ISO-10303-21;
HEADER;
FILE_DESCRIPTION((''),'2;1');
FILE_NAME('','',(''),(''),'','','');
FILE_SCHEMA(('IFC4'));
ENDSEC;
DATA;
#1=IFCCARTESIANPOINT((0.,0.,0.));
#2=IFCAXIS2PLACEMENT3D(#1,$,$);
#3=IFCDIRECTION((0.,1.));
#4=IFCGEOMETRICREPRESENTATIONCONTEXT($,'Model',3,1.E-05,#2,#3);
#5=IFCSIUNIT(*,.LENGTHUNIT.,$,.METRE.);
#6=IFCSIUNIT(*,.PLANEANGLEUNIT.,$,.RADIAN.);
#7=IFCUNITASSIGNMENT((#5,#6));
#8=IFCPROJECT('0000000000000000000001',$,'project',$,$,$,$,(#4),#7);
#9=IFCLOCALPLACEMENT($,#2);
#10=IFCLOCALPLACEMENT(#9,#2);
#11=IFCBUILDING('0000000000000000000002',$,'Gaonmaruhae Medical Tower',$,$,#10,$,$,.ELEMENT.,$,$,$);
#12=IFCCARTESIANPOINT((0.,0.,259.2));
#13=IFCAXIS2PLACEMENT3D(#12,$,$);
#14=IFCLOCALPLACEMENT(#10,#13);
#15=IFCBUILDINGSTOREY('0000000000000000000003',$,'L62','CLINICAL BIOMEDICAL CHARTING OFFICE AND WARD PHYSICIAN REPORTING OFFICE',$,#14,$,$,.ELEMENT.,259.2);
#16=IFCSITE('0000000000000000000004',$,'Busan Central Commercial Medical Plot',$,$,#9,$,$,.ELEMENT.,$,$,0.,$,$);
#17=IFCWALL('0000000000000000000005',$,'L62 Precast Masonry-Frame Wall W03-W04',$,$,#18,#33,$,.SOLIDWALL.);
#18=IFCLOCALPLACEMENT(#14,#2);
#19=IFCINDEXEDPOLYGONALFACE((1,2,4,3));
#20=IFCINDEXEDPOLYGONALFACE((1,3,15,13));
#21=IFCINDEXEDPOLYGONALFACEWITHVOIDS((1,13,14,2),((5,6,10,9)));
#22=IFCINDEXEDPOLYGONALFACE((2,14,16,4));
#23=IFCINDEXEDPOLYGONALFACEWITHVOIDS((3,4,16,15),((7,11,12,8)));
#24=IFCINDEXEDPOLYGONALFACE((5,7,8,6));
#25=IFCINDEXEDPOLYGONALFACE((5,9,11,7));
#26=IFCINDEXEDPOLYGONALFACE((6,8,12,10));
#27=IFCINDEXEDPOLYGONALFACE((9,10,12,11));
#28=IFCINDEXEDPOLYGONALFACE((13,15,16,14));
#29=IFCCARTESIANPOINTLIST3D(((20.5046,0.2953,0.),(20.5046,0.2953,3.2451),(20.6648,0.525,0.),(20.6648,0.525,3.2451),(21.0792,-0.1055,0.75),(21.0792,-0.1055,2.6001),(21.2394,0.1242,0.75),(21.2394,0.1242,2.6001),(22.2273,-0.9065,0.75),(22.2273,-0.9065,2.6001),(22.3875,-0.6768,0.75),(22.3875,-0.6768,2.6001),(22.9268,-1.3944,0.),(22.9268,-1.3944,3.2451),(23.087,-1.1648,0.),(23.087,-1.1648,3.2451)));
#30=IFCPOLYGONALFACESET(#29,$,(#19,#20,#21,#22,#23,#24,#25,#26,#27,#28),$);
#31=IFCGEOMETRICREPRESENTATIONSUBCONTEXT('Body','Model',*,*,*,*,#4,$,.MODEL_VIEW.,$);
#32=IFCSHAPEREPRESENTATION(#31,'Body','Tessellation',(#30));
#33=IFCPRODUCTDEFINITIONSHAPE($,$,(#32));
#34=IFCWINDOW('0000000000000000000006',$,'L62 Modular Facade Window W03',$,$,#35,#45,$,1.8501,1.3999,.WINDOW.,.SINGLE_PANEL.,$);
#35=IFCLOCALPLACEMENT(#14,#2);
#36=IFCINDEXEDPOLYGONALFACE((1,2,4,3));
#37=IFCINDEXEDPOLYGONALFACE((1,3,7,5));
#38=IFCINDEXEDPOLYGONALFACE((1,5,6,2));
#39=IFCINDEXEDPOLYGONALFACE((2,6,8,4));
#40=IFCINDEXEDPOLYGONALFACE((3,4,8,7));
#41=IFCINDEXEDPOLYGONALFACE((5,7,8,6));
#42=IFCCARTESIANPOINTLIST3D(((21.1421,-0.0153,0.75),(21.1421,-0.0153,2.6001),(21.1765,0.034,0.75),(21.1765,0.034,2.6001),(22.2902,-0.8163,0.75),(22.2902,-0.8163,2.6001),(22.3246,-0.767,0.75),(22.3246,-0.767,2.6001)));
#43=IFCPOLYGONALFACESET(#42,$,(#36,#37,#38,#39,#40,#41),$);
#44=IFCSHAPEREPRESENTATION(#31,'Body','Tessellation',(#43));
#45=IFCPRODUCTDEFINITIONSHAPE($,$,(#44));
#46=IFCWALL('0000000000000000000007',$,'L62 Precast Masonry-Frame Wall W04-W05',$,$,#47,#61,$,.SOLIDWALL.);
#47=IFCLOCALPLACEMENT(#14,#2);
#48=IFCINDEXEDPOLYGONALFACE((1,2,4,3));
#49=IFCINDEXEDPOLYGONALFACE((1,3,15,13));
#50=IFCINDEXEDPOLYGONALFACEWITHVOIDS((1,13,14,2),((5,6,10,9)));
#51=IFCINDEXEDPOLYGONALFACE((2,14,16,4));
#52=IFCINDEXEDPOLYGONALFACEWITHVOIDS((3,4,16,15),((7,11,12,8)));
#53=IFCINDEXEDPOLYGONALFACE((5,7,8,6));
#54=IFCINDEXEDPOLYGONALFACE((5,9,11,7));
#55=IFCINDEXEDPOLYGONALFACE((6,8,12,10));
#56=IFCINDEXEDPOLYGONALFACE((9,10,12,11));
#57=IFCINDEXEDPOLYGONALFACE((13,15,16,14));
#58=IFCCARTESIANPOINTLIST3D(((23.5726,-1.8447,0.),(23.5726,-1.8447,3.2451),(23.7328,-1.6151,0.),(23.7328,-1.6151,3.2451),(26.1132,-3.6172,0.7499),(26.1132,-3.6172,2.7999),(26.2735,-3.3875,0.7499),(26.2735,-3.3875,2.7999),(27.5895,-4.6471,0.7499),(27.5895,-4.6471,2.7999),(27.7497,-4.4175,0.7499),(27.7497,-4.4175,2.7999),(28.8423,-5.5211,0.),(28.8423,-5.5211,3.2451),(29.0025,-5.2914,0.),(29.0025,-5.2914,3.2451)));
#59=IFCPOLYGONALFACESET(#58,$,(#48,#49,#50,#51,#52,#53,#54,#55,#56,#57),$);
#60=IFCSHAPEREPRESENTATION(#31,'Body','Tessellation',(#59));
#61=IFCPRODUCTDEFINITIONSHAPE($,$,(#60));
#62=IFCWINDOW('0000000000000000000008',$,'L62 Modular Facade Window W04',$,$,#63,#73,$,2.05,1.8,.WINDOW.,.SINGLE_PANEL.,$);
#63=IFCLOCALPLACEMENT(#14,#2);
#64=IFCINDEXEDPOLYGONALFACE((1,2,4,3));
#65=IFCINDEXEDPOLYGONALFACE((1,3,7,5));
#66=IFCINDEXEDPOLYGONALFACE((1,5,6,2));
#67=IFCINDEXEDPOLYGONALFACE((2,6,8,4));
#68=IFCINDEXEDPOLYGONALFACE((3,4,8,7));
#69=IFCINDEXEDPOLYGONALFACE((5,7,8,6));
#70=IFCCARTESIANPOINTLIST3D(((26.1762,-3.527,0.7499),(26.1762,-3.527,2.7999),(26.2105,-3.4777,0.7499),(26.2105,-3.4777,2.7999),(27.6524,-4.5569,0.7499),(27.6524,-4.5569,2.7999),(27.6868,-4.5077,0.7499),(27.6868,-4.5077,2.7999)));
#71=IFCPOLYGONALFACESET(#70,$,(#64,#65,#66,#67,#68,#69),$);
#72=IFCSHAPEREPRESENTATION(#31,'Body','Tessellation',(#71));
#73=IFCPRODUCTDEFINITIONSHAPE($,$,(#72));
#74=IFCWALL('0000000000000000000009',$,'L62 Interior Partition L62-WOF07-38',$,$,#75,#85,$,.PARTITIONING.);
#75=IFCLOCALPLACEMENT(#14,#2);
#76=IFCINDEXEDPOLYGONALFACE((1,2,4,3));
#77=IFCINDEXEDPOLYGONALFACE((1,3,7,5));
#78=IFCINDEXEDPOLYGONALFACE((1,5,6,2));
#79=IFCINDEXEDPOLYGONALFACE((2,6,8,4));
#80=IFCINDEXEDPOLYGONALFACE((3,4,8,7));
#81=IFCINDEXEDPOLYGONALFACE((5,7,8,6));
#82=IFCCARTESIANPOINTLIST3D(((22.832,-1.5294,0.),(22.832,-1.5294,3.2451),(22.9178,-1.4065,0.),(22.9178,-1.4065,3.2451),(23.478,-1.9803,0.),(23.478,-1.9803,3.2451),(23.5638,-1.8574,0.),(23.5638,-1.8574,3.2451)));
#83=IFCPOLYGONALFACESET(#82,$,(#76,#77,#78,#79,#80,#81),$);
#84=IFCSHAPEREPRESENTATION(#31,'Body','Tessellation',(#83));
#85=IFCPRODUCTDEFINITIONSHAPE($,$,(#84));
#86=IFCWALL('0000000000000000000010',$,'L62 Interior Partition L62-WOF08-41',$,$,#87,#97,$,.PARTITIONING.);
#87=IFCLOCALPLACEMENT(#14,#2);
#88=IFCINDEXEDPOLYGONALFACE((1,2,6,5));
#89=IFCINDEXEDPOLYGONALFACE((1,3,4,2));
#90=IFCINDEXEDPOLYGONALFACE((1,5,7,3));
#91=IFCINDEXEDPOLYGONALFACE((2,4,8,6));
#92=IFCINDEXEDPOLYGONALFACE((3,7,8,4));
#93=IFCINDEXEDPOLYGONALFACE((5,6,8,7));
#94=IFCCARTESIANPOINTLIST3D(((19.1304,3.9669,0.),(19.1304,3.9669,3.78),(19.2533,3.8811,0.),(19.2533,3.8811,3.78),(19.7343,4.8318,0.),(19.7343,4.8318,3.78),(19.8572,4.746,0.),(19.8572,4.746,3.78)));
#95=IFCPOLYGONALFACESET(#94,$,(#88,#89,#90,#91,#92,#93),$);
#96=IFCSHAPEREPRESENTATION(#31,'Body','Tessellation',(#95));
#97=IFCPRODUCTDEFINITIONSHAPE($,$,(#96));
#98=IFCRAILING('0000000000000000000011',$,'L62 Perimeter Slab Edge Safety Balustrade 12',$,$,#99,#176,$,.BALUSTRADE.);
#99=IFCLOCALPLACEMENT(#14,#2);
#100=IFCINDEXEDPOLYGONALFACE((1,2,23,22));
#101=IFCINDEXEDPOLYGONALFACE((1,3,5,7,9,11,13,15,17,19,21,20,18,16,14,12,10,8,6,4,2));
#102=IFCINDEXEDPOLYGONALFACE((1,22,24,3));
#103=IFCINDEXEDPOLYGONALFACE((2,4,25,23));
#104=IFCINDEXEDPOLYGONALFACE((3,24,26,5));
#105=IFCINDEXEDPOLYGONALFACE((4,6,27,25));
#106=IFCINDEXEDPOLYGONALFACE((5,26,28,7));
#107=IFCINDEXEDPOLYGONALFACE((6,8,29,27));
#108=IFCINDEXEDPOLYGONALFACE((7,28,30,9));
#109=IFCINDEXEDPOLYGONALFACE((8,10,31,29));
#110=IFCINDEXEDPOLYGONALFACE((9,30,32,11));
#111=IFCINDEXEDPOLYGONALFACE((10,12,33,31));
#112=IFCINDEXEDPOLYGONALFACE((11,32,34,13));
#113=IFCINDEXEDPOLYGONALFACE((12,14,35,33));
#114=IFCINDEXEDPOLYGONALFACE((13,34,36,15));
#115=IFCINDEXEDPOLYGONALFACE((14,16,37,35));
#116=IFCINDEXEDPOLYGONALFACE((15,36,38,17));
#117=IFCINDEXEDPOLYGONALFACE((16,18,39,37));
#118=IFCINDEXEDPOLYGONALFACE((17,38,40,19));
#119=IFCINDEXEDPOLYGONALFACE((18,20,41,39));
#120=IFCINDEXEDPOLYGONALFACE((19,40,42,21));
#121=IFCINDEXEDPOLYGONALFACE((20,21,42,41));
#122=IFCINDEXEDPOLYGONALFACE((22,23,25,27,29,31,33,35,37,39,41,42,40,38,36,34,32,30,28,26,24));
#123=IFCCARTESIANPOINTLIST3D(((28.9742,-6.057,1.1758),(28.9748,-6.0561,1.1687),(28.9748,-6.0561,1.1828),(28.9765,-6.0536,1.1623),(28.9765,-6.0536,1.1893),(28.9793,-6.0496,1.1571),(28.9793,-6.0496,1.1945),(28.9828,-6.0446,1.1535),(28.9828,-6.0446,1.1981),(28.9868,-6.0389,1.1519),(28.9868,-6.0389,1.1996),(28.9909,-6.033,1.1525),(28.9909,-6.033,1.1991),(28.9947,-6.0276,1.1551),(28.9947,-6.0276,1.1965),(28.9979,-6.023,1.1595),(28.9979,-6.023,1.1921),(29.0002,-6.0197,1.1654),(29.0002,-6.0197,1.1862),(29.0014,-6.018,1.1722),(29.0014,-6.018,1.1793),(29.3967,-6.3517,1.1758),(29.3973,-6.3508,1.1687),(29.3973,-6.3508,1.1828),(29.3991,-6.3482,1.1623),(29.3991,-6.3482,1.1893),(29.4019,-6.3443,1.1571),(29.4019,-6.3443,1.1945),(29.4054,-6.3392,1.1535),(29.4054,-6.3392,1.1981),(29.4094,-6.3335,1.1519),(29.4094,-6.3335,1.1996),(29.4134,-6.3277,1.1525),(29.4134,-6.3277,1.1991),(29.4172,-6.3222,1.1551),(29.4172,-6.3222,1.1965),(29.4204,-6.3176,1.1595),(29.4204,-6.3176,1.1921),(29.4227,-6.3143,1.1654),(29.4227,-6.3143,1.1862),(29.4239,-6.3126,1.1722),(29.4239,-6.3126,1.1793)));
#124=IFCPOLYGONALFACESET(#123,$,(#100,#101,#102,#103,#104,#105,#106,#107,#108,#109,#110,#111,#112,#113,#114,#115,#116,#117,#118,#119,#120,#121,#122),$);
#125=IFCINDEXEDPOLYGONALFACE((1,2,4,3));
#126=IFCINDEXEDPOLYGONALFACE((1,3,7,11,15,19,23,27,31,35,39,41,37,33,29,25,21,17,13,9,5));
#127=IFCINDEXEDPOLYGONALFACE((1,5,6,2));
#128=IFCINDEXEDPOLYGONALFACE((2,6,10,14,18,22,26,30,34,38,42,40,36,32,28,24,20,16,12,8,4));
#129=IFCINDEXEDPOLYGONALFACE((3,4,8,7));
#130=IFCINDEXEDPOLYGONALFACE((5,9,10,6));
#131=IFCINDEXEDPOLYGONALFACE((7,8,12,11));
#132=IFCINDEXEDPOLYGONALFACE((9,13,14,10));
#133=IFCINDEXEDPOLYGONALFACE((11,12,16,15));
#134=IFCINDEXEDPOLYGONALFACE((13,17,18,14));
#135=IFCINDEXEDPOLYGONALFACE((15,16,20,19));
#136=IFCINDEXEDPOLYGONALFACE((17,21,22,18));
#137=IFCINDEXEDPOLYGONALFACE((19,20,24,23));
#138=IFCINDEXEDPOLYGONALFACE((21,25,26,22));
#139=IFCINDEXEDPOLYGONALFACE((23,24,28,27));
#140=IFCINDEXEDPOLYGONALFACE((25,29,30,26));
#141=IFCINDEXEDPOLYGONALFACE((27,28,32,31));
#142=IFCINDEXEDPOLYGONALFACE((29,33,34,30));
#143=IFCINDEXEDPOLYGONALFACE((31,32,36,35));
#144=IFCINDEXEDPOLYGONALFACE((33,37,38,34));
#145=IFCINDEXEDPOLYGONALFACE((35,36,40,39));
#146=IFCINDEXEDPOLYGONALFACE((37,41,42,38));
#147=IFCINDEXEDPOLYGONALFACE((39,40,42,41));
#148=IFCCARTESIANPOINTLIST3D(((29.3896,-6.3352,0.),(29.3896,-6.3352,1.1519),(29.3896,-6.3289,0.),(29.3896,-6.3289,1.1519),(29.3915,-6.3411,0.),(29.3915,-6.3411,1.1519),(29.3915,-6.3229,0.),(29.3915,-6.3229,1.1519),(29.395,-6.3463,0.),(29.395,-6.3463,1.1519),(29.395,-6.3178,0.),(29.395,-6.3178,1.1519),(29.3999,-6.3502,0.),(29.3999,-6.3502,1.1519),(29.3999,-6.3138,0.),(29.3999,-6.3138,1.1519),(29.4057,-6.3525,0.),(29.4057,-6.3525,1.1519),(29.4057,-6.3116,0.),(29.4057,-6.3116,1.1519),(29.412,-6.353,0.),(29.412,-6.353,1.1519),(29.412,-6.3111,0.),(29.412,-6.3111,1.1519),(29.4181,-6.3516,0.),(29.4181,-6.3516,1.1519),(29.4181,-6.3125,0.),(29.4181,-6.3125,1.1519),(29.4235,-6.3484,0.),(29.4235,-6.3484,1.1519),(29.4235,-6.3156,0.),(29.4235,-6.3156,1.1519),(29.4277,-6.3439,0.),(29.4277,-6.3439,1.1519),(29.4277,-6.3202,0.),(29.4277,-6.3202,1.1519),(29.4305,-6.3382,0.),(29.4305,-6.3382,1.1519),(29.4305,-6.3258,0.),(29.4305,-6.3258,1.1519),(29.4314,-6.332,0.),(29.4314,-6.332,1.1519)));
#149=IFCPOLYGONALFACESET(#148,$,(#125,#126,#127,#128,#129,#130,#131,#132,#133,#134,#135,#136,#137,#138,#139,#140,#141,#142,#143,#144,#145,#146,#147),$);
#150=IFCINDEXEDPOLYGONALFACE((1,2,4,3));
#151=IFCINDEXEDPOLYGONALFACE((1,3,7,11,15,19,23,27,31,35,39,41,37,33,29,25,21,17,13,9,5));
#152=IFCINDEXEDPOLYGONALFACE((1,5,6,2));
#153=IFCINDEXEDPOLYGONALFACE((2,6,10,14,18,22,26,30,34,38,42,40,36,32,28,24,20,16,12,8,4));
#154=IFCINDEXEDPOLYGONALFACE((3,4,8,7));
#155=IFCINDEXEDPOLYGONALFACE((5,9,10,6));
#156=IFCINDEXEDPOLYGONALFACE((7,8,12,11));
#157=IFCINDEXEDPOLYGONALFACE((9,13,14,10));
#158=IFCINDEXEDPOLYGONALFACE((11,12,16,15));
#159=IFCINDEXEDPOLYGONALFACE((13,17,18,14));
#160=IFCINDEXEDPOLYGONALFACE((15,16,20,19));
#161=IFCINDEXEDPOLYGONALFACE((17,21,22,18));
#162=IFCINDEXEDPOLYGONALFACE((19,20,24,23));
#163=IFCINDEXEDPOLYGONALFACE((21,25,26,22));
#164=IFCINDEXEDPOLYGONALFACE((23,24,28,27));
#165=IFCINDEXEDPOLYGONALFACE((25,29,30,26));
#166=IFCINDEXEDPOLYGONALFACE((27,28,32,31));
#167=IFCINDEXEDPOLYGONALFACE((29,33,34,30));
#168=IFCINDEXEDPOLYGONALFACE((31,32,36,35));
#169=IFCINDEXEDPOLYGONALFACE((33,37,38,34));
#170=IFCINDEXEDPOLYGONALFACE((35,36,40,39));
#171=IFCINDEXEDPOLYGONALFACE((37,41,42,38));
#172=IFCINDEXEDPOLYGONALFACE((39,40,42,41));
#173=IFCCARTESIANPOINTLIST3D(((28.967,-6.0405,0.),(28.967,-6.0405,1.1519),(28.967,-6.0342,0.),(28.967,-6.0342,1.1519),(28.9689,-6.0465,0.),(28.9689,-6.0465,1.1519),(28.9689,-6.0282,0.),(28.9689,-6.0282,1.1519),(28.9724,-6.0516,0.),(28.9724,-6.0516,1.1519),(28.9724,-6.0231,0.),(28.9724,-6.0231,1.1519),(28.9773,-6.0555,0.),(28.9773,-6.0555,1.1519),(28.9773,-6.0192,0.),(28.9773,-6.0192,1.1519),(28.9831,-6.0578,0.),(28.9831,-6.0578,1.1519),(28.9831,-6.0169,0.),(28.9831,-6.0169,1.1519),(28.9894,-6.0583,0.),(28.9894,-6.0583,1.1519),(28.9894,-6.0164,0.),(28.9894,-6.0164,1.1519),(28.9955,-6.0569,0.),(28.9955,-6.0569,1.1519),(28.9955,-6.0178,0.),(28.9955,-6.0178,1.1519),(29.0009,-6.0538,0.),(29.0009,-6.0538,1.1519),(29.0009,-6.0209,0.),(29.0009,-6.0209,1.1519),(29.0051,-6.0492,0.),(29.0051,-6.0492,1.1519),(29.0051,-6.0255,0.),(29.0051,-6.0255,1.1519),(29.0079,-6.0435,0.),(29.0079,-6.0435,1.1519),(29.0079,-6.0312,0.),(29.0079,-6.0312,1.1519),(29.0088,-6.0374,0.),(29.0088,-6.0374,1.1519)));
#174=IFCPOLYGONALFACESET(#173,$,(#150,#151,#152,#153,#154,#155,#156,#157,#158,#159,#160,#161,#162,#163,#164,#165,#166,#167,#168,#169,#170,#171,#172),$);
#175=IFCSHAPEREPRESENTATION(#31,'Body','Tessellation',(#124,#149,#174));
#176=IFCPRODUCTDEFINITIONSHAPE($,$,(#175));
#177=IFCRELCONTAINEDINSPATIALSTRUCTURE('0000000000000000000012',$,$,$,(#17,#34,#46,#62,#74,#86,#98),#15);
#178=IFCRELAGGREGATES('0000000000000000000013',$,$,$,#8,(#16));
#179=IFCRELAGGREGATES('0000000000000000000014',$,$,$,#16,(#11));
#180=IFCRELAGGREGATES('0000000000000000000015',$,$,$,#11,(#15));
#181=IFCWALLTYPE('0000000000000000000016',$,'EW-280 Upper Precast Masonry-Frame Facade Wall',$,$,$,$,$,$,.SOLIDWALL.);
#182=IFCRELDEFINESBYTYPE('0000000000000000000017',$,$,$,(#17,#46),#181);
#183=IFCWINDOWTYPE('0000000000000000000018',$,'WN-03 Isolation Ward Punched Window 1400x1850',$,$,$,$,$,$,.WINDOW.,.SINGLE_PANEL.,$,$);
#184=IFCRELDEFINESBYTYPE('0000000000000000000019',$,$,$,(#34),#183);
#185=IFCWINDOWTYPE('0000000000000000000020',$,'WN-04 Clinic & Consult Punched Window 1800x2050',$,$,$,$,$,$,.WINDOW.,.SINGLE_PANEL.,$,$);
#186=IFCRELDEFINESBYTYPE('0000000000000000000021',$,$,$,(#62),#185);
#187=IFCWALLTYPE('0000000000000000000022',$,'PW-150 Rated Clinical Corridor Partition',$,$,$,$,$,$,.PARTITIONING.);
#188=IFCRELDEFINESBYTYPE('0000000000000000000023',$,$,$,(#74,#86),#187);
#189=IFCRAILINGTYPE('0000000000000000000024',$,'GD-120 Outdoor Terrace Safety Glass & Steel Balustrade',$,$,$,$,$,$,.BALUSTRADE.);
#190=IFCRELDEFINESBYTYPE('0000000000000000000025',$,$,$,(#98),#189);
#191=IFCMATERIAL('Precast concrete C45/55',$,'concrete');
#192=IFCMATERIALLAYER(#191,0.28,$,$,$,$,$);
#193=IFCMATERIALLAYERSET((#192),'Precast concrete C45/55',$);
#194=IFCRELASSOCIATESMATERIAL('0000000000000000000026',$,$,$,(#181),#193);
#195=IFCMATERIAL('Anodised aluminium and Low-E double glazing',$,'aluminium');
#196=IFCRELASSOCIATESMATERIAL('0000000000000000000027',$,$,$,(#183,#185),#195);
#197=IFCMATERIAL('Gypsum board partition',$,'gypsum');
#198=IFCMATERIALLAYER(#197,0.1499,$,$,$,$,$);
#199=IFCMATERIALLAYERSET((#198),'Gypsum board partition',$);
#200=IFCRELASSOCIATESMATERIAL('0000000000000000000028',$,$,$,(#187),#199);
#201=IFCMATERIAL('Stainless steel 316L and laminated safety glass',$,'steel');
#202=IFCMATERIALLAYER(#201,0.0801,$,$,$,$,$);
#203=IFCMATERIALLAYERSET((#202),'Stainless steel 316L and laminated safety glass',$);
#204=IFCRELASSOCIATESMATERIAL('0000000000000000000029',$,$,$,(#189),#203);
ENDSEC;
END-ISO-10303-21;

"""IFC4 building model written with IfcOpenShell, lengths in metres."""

from ifc_helpers import new_model, si_unit, direction, frame, frame_2d, origin, origin_2d, place, context, subcontext, project, spatial, rectangle, circle, extrude, material, layer, layer_set, type_object, element, fill, save


model = new_model("IFC4")

# Units and contexts
model_context = context("Model", 3, precision=1e-05, world=origin(), true_north=direction((0.0, 1.0)))
body_context = subcontext(model_context, "Body", "Model", "MODEL_VIEW")
ifc_project = project(units=[si_unit("LENGTHUNIT", "METRE"), si_unit("PLANEANGLEUNIT", "RADIAN")], contexts=[model_context])

# Site, building, storey
site_placement = place(None, origin())
site = spatial("IfcSite", under=ifc_project, at=site_placement, Name="Busan Central Commercial Medical Plot", CompositionType="ELEMENT", RefElevation=0.0)
building_placement = place(site_placement, origin())
building = spatial("IfcBuilding", under=site, at=building_placement, Name="Gaonmaruhae Medical Tower", CompositionType="ELEMENT")
storey_placement = place(building_placement, frame((0.0, 0.0, 259.2)))
storey = spatial("IfcBuildingStorey", under=building, at=storey_placement, Name="L62", Description="CLINICAL BIOMEDICAL CHARTING OFFICE AND WARD PHYSICIAN REPORTING OFFICE", CompositionType="ELEMENT", Elevation=259.2)

# Shared definitions
ifc_material_1 = material(Name="Precast concrete C45/55", Category="concrete")

# Walls, openings, windows
ifc_layer_1 = layer(ifc_material_1, 0.28)
ifc_layer_set_1 = layer_set([ifc_layer_1], Name="Precast concrete C45/55")
wall_type_1 = type_object("IfcWallType", Name="EW-280 Upper Precast Masonry-Frame Facade Wall", PredefinedType="SOLIDWALL", material=ifc_layer_set_1)
wall_1_placement = place(storey_placement, frame((23.0068, -1.2795, 0.0), z_axis=(0.0, 0.0, 1.0), x_axis=(-0.820151, 0.572147, 0.0)))
wall_1 = element("IfcWall", 1, at=wall_1_placement, inside=storey, type_object=wall_type_1, Name="L62 Precast Masonry-Frame Wall W03-W04", PredefinedType="SOLIDWALL", context=body_context, shape_type="SweptSolid", body=[
    extrude(rectangle(XDim=2.9534, YDim=0.28, at=frame_2d((1.4766, 0.0))), origin(), (0.0, 0.0, 1.0), 3.2451),
])
opening_1_placement = place(wall_1_placement, frame((0.8528, 0.0, 0.75)))
opening_1 = element("IfcOpeningElement", 2, at=opening_1_placement, cuts=wall_1, PredefinedType="OPENING", context=body_context, shape_type="SweptSolid", body=[
    extrude(rectangle(XDim=1.3999, YDim=1.8501, at=frame_2d((0.7, 0.925))), frame((0.0, 0.1499, 0.0), z_axis=(0.0, -1.0, 0.0), x_axis=(1.0, 0.0, 0.0)), (0.0, 0.0, 1.0), 0.3),
])
ifc_material_2 = material(Name="Anodised aluminium and Low-E double glazing", Category="aluminium")
window_type_1 = type_object("IfcWindowType", Name="WN-03 Isolation Ward Punched Window 1400x1850", PartitioningType="SINGLE_PANEL", PredefinedType="WINDOW", material=ifc_material_2)
window_1_placement = place(opening_1_placement, origin())
window_1 = element("IfcWindow", 3, at=window_1_placement, inside=storey, type_object=window_type_1, Name="L62 Modular Facade Window W03", OverallHeight=1.8501, OverallWidth=1.3999, PartitioningType="SINGLE_PANEL", PredefinedType="WINDOW", context=body_context, shape_type="SweptSolid", body=[
    extrude(rectangle(XDim=1.3999, YDim=1.8501, at=frame_2d((0.7, 0.925))), frame((0.0, 0.03, 0.0), z_axis=(0.0, -1.0, 0.0), x_axis=(1.0, 0.0, 0.0)), (0.0, 0.0, 1.0), 0.0601),
])
fill(opening_1, window_1)
wall_2_placement = place(storey_placement, frame((28.9224, -5.4062, 0.0), z_axis=(0.0, 0.0, 1.0), x_axis=(-0.820138, 0.572166, 0.0)))
wall_2 = element("IfcWall", 4, at=wall_2_placement, inside=storey, type_object=wall_type_1, Name="L62 Precast Masonry-Frame Wall W04-W05", PredefinedType="SOLIDWALL", context=body_context, shape_type="SweptSolid", body=[
    extrude(rectangle(XDim=6.4253, YDim=0.28, at=frame_2d((3.2126, 0.0))), origin(), (0.0, 0.0, 1.0), 3.2451),
])
opening_2_placement = place(wall_2_placement, frame((1.5276, 0.0, 0.75)))
opening_2 = element("IfcOpeningElement", 5, at=opening_2_placement, cuts=wall_2, PredefinedType="OPENING", context=body_context, shape_type="SweptSolid", body=[
    extrude(rectangle(XDim=1.8, YDim=2.05, at=frame_2d((0.8999, 1.0249))), frame((0.0, 0.1499, 0.0), z_axis=(0.0, -1.0, 0.0), x_axis=(1.0, 0.0, 0.0)), (0.0, 0.0, 1.0), 0.3),
])
window_type_2 = type_object("IfcWindowType", Name="WN-04 Clinic & Consult Punched Window 1800x2050", PartitioningType="SINGLE_PANEL", PredefinedType="WINDOW", material=ifc_material_2)
window_2_placement = place(opening_2_placement, origin())
window_2 = element("IfcWindow", 6, at=window_2_placement, inside=storey, type_object=window_type_2, Name="L62 Modular Facade Window W04", OverallHeight=2.05, OverallWidth=1.8, PartitioningType="SINGLE_PANEL", PredefinedType="WINDOW", context=body_context, shape_type="SweptSolid", body=[
    extrude(rectangle(XDim=1.8, YDim=2.05, at=frame_2d((0.8999, 1.0249))), frame((0.0, 0.03, 0.0), z_axis=(0.0, -1.0, 0.0), x_axis=(1.0, 0.0, 0.0)), (0.0, 0.0, 1.0), 0.0601),
])
fill(opening_2, window_2)

# Walls
ifc_material_3 = material(Name="Gypsum board partition", Category="gypsum")
ifc_layer_2 = layer(ifc_material_3, 0.1499)
ifc_layer_set_2 = layer_set([ifc_layer_2], Name="Gypsum board partition")
wall_type_2 = type_object("IfcWallType", Name="PW-150 Rated Clinical Corridor Partition", PredefinedType="PARTITIONING", material=ifc_layer_set_2)
wall_3_placement = place(storey_placement, frame((23.521, -1.9189, 0.0), z_axis=(0.0, 0.0, 1.0), x_axis=(-0.819988, 0.57238, 0.0)))
element("IfcWall", 7, at=wall_3_placement, inside=storey, type_object=wall_type_2, Name="L62 Interior Partition L62-WOF07-38", PredefinedType="PARTITIONING", context=body_context, shape_type="SweptSolid", body=[
    extrude(rectangle(XDim=0.7878, YDim=0.1499, at=frame_2d((0.394, 0.0))), origin(), (0.0, 0.0, 1.0), 3.2451),
])
wall_4_placement = place(storey_placement, frame((19.1919, 3.9241, 0.0), z_axis=(0.0, 0.0, 1.0), x_axis=(0.572515, 0.819895, 0.0)))
element("IfcWall", 8, at=wall_4_placement, inside=storey, type_object=wall_type_2, Name="L62 Interior Partition L62-WOF08-41", PredefinedType="PARTITIONING", context=body_context, shape_type="SweptSolid", body=[
    extrude(rectangle(XDim=1.0549, YDim=0.1499, at=frame_2d((0.5273, 0.0))), origin(), (0.0, 0.0, 1.0), 3.78),
])

# Railing
ifc_material_4 = material(Name="Stainless steel 316L and laminated safety glass", Category="steel")
ifc_layer_3 = layer(ifc_material_4, 0.0801)
ifc_layer_set_3 = layer_set([ifc_layer_3], Name="Stainless steel 316L and laminated safety glass")
railing_type = type_object("IfcRailingType", Name="GD-120 Outdoor Terrace Safety Glass & Steel Balustrade", PredefinedType="BALUSTRADE", material=ifc_layer_set_3)
railing_1_placement = place(storey_placement, frame((29.4104, -6.332, 0.0)))
element("IfcRailing", 9, at=railing_1_placement, inside=storey, type_object=railing_type, Name="L62 Perimeter Slab Edge Safety Balustrade 12", PredefinedType="BALUSTRADE", context=body_context, shape_type="SweptSolid", body=[
    extrude(circle(Radius=0.0239, at=origin_2d()), frame((0.0, 0.0, 1.1758), z_axis=(-0.820277, 0.571967, 0.0), x_axis=(-0.571967, -0.820277, 0.0)), (0.0, 0.0, 1.0), 0.5151),
    extrude(circle(Radius=0.021, at=origin_2d()), origin(), (0.0, 0.0, 1.0), 1.1519),
    extrude(circle(Radius=0.021, at=origin_2d()), frame((-0.4226, 0.2947, 0.0)), (0.0, 0.0, 1.0), 1.1519),
])

save(model, "model.ifc")
